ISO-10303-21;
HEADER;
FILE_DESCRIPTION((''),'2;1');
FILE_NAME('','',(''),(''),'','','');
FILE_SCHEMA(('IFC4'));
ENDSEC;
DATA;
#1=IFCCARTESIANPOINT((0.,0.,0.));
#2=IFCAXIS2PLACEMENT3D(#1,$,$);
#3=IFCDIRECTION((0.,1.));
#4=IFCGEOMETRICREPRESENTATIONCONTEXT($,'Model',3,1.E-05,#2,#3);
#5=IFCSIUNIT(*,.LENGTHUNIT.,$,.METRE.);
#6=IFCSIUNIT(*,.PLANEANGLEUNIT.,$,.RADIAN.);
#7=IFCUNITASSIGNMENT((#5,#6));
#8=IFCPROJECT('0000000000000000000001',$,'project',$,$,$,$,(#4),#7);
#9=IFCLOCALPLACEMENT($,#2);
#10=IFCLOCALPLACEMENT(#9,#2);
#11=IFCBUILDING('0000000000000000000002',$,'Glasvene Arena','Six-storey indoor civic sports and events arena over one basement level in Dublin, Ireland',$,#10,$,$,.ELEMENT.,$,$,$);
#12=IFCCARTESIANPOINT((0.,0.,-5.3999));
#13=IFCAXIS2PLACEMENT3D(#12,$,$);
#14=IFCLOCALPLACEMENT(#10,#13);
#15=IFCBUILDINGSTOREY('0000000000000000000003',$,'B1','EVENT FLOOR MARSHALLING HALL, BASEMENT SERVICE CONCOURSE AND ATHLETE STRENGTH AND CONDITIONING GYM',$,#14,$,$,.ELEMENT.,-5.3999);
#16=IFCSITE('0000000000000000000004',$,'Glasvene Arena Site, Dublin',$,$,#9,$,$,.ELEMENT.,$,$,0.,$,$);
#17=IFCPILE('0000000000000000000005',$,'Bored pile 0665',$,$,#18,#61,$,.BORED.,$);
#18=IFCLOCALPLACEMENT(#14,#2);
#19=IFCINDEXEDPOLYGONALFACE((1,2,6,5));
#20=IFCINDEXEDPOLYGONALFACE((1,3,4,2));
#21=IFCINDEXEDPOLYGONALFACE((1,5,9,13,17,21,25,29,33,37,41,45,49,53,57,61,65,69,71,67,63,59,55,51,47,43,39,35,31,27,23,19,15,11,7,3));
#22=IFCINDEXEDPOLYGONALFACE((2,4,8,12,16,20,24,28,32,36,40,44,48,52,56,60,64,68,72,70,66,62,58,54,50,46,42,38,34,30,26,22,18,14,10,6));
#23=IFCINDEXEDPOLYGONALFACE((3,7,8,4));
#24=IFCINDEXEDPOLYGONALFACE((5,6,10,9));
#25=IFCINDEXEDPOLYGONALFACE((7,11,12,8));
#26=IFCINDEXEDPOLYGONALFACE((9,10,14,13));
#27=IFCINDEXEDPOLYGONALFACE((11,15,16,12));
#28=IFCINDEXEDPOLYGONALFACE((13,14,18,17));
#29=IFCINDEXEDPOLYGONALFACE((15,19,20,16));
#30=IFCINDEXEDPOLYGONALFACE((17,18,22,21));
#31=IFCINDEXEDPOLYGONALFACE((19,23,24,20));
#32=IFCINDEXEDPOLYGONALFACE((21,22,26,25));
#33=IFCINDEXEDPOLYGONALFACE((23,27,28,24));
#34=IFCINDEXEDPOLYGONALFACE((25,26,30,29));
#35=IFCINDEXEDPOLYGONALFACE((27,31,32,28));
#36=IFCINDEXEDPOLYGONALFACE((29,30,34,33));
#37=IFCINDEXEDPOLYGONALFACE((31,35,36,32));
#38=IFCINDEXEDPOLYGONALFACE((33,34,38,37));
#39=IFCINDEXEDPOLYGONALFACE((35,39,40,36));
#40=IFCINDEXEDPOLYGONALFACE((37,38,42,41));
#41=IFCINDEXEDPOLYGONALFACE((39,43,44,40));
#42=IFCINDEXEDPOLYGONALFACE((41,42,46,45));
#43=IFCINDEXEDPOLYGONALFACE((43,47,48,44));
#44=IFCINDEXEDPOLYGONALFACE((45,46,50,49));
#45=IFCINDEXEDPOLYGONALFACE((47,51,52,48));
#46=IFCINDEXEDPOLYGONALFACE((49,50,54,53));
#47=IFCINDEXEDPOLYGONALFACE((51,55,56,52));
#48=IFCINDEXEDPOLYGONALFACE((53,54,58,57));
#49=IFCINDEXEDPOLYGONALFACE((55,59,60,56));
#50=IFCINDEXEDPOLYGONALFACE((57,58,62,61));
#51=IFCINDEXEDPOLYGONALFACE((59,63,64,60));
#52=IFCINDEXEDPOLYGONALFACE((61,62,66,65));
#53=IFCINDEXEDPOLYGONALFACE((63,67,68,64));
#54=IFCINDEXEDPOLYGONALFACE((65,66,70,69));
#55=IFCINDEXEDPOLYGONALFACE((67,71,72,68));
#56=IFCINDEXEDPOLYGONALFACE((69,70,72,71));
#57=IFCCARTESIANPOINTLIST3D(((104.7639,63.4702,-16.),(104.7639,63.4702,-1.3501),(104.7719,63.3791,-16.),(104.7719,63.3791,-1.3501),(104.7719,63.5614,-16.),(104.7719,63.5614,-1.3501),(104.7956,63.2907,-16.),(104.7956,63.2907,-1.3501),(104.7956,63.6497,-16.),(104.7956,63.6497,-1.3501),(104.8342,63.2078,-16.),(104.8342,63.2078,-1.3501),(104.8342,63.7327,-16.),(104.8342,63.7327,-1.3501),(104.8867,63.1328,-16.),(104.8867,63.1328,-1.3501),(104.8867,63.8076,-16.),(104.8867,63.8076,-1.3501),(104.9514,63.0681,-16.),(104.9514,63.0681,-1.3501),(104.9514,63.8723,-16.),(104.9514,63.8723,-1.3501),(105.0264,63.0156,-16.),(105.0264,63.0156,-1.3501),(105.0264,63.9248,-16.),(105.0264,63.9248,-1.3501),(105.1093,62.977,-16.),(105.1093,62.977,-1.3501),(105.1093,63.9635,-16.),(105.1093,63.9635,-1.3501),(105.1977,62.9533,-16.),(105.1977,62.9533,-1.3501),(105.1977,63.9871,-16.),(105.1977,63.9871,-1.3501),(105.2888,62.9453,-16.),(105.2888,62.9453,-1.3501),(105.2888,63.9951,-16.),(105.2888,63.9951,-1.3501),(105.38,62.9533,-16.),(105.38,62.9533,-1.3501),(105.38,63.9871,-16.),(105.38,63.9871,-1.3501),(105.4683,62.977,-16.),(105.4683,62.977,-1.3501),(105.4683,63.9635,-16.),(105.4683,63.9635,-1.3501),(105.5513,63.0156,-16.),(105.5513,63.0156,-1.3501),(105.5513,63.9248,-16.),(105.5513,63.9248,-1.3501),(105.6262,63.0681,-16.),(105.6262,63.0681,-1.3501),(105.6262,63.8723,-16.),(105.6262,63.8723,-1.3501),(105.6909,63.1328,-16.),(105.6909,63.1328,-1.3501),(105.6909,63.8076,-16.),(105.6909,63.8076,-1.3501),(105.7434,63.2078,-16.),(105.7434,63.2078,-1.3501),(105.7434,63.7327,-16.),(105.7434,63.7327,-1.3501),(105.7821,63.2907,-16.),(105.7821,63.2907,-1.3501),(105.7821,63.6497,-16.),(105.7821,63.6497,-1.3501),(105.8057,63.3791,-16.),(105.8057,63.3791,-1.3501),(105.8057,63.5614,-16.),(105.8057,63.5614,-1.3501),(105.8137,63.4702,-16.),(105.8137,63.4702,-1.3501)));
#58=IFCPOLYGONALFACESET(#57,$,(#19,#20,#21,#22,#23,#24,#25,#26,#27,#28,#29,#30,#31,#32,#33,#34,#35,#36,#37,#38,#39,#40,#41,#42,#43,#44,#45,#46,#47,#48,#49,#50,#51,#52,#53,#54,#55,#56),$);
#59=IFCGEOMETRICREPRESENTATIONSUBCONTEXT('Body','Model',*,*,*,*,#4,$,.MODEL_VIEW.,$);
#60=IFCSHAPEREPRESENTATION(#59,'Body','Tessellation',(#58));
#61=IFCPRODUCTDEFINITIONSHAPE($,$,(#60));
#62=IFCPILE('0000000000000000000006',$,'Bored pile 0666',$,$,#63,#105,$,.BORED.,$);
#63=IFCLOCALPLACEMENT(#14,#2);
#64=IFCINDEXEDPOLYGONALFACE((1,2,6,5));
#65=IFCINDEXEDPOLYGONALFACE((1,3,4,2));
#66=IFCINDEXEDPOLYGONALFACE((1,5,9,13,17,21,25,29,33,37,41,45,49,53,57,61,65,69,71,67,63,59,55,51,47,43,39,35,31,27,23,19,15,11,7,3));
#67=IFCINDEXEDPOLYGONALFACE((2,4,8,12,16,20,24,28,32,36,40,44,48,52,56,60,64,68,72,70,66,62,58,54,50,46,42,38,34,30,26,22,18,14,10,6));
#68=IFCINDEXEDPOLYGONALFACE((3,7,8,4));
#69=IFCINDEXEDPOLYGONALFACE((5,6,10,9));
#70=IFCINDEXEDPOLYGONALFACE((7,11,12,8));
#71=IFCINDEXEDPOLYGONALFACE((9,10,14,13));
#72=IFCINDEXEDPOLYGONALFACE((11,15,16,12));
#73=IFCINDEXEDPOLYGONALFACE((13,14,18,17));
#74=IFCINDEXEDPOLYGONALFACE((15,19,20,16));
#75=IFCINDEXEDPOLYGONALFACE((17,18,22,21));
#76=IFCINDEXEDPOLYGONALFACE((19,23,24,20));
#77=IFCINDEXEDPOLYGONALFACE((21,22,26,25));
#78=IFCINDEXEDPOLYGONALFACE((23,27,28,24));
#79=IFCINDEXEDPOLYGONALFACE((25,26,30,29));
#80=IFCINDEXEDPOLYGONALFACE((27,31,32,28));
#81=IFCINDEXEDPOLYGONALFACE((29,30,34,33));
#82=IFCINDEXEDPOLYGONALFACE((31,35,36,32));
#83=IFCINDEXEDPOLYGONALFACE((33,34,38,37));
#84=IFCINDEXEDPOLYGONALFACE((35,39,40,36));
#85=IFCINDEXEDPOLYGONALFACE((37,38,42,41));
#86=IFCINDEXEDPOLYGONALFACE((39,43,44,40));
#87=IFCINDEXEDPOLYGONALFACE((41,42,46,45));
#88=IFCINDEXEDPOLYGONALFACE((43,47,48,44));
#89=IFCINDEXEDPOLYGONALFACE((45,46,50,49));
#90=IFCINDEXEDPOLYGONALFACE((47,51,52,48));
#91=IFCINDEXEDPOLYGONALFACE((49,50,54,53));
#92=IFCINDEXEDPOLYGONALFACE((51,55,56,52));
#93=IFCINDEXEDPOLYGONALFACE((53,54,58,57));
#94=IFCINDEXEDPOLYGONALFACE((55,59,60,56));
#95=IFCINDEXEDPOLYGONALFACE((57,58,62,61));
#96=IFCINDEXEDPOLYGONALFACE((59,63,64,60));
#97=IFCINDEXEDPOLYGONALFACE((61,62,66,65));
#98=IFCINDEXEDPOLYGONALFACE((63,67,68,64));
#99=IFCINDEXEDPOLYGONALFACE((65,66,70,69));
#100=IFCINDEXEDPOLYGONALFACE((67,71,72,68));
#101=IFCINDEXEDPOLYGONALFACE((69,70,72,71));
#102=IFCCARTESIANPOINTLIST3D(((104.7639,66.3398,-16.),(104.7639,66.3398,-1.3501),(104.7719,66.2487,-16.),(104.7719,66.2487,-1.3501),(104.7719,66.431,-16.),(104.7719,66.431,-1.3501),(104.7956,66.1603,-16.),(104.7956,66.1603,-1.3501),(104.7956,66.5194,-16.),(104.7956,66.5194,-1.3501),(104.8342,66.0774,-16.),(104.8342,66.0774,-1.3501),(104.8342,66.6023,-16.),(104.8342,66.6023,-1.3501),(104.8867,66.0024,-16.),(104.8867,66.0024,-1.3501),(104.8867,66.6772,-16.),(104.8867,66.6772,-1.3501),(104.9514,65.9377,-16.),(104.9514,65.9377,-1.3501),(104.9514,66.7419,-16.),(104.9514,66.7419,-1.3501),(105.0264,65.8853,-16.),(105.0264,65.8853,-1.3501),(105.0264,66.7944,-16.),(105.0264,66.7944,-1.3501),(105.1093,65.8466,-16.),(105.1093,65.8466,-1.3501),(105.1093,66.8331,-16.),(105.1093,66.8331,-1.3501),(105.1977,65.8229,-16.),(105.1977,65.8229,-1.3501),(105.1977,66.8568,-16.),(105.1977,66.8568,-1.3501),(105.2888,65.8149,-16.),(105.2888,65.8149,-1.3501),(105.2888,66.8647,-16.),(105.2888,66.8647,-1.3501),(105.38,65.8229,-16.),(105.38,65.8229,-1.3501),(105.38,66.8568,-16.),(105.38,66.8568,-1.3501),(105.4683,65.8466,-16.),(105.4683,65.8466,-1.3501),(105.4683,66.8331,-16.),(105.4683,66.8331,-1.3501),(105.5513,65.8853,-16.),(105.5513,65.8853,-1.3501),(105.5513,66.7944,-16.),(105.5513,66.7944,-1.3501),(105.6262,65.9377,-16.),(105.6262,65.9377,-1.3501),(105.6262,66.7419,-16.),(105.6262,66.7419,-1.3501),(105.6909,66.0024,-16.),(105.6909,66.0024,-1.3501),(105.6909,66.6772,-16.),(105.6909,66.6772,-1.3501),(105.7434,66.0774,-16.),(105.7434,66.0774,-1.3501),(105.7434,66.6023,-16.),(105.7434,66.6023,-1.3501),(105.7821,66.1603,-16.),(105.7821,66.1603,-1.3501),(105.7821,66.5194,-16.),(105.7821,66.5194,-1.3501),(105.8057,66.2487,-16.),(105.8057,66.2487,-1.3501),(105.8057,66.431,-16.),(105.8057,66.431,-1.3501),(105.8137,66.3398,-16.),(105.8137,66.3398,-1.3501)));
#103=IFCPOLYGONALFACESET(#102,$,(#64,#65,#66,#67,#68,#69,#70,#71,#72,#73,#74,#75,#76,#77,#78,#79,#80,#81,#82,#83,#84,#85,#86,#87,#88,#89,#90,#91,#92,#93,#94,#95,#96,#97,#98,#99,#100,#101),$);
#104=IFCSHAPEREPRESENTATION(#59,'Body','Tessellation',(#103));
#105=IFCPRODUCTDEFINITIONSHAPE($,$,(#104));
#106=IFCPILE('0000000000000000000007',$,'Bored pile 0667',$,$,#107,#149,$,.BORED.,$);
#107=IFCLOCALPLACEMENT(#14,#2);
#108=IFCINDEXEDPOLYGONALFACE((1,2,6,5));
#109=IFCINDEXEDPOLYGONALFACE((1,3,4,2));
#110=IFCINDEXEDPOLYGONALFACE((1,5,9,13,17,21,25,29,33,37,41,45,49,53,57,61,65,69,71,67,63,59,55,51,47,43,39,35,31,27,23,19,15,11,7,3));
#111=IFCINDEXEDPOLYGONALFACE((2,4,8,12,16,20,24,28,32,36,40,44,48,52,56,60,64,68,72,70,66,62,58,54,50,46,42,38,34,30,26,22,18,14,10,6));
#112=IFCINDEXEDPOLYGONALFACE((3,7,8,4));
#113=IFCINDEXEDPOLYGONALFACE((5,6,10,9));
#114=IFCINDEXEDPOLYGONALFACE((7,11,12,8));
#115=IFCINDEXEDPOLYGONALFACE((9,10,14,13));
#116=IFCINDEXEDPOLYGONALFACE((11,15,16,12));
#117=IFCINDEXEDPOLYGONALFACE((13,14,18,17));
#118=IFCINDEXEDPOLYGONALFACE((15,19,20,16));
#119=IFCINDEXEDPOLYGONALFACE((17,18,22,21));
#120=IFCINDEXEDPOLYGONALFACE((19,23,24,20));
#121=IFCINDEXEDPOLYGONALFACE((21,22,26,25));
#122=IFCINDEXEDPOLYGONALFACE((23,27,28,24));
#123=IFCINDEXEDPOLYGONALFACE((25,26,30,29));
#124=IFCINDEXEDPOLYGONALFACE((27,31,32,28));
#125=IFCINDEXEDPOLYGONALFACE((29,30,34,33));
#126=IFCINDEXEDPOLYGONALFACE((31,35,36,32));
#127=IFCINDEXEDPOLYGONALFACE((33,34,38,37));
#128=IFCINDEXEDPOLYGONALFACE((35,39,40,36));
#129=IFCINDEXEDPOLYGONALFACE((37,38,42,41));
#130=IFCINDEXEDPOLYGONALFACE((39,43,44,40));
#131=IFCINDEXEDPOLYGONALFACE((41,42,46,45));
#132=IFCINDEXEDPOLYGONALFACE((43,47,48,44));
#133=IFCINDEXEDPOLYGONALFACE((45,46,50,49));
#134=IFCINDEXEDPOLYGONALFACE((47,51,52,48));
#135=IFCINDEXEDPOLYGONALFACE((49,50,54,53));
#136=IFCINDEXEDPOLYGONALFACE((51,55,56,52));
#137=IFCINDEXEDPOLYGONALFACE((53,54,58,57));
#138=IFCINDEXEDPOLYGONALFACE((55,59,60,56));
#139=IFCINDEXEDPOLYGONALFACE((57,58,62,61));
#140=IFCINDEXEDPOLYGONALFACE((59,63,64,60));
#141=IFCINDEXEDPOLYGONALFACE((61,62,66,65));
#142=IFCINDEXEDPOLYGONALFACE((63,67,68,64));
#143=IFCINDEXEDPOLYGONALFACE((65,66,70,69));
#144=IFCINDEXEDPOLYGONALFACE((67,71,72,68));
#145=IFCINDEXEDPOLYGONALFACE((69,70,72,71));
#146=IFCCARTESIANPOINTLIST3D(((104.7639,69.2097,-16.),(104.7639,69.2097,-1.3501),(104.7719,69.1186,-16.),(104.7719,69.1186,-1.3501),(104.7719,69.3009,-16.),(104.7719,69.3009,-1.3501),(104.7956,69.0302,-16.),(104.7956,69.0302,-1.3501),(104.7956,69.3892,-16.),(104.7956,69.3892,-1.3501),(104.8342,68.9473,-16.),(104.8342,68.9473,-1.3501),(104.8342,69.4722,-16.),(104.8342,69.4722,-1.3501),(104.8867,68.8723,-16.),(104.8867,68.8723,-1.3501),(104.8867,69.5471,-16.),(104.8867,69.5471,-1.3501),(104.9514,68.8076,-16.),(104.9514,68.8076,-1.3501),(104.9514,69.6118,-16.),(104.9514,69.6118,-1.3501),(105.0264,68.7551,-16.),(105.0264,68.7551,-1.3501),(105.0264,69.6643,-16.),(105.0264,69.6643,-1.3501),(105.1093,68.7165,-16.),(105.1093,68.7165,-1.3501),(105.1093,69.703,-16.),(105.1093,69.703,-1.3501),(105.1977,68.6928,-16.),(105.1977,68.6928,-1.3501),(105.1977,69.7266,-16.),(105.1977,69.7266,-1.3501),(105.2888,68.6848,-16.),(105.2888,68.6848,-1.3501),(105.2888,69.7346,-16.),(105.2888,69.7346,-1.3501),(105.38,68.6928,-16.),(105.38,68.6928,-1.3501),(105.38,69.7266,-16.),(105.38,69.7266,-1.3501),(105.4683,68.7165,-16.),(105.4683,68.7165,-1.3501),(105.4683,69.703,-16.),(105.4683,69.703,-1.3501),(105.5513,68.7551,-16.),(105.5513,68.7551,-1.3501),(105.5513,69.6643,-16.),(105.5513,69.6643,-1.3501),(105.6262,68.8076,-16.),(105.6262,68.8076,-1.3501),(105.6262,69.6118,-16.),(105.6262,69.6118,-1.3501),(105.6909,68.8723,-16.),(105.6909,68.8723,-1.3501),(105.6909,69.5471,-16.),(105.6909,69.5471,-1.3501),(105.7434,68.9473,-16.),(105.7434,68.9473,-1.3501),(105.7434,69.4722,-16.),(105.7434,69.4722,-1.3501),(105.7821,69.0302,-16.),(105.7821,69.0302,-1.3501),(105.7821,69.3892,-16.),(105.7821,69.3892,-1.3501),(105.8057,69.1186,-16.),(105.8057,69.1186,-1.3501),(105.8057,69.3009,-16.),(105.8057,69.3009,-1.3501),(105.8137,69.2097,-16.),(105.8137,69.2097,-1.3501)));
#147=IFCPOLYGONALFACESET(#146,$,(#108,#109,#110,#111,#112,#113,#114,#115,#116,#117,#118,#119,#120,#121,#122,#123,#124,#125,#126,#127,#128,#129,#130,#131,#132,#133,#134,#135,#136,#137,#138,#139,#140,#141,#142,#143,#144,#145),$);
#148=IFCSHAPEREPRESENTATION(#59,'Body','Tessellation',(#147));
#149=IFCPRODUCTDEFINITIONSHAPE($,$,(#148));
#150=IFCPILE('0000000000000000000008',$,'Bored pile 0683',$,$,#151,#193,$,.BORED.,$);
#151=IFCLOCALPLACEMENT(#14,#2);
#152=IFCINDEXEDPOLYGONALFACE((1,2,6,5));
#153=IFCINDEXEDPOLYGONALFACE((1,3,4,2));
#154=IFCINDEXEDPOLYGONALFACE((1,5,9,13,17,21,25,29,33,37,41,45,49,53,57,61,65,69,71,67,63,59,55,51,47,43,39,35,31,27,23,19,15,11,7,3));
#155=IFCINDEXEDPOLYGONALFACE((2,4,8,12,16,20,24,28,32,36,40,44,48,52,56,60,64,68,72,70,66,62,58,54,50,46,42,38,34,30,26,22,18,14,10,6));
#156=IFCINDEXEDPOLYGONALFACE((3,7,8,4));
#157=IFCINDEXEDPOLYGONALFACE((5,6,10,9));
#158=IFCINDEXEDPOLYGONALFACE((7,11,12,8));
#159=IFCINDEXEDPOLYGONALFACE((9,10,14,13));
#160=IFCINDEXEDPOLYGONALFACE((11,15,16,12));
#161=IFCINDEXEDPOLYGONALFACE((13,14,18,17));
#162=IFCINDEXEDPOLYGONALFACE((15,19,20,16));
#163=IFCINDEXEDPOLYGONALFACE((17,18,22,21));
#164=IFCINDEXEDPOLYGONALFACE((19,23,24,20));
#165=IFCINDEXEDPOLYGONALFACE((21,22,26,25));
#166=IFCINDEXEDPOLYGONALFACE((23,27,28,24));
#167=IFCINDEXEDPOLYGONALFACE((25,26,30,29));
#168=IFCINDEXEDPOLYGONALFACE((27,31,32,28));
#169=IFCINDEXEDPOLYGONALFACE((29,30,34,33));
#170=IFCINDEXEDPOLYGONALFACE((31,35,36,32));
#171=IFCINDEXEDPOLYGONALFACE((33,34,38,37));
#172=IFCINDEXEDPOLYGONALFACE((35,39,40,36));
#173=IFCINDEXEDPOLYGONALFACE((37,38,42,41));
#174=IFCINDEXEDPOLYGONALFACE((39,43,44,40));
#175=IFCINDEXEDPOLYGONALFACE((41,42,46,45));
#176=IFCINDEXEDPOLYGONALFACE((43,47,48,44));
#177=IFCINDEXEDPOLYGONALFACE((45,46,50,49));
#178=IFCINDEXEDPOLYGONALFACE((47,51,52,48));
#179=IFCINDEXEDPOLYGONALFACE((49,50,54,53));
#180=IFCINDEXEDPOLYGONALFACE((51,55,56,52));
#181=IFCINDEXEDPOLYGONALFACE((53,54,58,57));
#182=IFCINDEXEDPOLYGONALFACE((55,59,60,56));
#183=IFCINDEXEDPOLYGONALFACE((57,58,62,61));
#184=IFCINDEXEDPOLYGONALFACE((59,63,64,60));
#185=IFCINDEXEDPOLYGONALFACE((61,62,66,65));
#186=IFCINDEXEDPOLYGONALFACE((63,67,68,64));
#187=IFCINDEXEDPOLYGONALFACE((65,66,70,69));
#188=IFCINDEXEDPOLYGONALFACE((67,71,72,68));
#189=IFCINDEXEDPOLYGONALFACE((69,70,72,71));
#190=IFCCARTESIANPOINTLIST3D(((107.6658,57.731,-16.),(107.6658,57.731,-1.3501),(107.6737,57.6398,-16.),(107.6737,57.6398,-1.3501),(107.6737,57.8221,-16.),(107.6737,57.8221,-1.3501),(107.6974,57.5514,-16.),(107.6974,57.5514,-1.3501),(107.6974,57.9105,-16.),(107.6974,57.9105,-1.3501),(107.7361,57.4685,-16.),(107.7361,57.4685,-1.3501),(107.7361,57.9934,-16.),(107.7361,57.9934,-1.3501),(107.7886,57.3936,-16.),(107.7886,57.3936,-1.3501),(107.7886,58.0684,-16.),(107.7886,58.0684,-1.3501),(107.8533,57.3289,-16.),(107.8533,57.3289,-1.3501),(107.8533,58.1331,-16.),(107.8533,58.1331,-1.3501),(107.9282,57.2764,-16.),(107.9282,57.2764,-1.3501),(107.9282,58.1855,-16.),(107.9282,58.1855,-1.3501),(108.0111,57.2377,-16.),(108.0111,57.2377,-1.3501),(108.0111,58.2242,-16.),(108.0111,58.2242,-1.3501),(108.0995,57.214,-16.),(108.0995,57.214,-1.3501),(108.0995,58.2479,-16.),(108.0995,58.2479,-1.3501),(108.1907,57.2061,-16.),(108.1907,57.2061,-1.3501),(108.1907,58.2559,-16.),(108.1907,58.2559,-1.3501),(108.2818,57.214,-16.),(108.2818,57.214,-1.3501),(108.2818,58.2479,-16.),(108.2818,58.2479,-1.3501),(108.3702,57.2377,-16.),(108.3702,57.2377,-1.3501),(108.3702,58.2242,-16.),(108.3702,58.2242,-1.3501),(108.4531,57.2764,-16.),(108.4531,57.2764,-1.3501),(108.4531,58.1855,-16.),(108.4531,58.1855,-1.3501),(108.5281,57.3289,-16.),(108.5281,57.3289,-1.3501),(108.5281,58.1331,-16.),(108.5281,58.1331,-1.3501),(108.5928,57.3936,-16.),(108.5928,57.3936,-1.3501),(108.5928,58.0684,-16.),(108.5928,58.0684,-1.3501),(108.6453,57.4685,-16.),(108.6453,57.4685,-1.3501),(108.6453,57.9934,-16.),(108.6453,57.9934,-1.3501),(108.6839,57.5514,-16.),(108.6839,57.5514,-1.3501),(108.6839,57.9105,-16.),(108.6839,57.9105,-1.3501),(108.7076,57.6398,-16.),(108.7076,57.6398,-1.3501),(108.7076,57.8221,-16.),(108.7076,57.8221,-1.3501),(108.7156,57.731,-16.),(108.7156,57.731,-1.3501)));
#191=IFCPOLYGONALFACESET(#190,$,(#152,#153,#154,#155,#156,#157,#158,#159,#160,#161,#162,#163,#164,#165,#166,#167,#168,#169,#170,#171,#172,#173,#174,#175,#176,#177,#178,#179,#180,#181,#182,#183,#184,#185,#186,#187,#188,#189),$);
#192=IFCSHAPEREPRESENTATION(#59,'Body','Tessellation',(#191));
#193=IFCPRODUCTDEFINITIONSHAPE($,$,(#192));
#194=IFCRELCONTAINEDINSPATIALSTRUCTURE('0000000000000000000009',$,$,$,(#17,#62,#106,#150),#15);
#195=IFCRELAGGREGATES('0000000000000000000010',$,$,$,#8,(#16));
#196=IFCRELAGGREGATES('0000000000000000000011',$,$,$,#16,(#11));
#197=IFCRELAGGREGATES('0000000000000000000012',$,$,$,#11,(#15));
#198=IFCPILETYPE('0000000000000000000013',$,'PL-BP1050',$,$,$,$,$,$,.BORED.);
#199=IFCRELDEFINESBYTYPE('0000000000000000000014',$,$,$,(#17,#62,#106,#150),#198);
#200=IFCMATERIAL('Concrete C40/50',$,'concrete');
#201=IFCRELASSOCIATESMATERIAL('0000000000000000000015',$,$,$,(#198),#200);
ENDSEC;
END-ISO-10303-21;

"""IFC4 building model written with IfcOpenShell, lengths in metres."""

from ifc_helpers import new_model, si_unit, direction, frame, origin, origin_2d, place, context, subcontext, project, spatial, circle, extrude, material, material_profile, profile_set, type_object, element, save


model = new_model("IFC4")

# Units and contexts
model_context = context("Model", 3, precision=1e-05, world=origin(), true_north=direction((0.0, 1.0)))
body_context = subcontext(model_context, "Body", "Model", "MODEL_VIEW")
ifc_project = project(units=[si_unit("LENGTHUNIT", "METRE"), si_unit("PLANEANGLEUNIT", "RADIAN")], contexts=[model_context])

# Site, building, storey
site_placement = place(None, origin())
site = spatial("IfcSite", under=ifc_project, at=site_placement, Name="Glasvene Arena Site, Dublin", CompositionType="ELEMENT", RefElevation=0.0)
building_placement = place(site_placement, origin())
building = spatial("IfcBuilding", under=site, at=building_placement, Name="Glasvene Arena", Description="Six-storey indoor civic sports and events arena over one basement level in Dublin, Ireland", CompositionType="ELEMENT")
storey_placement = place(building_placement, frame((0.0, 0.0, -5.3999)))
storey = spatial("IfcBuildingStorey", under=building, at=storey_placement, Name="B1", Description="EVENT FLOOR MARSHALLING HALL, BASEMENT SERVICE CONCOURSE AND ATHLETE STRENGTH AND CONDITIONING GYM", CompositionType="ELEMENT", Elevation=-5.3999)

# Piles
ifc_material = material(Name="Concrete C40/50", Category="concrete")
ifc_material_profile_1 = material_profile(ifc_material, circle(Radius=0.5249, at=origin_2d()), Name="BORED PILE 1050")
ifc_profile_set_1 = profile_set([ifc_material_profile_1], Name="Concrete C40/50")
pile_type = type_object("IfcPileType", Name="PL-BP1050", PredefinedType="BORED", material=ifc_profile_set_1)
for number, where, z_axis, x_axis, name in (
    (1, (105.2888, 63.4702, -1.3501), (0.0, 0.0, -1.0), (1.0, 0.0, 0.0), "Bored pile 0665"),
    (2, (105.2888, 66.3398, -1.3501), (0.0, 0.0, -1.0), (1.0, 0.0, 0.0), "Bored pile 0666"),
    (3, (105.2888, 69.2097, -1.3501), (0.0, 0.0, -1.0), (1.0, 0.0, 0.0), "Bored pile 0667"),
    (4, (108.1907, 57.731, -1.3501), (0.0, 0.0, -1.0), (1.0, 0.0, 0.0), "Bored pile 0683"),
):
    element("IfcPile", number, at=place(storey_placement, frame(where, z_axis=z_axis, x_axis=x_axis)), inside=storey, type_object=pile_type, Name=name, PredefinedType="BORED", context=body_context, shape_type="SweptSolid", body=[
        extrude(circle(Radius=0.5249, at=origin_2d()), origin(), (0.0, 0.0, 1.0), 14.6499),
    ])

save(model, "model.ifc")
